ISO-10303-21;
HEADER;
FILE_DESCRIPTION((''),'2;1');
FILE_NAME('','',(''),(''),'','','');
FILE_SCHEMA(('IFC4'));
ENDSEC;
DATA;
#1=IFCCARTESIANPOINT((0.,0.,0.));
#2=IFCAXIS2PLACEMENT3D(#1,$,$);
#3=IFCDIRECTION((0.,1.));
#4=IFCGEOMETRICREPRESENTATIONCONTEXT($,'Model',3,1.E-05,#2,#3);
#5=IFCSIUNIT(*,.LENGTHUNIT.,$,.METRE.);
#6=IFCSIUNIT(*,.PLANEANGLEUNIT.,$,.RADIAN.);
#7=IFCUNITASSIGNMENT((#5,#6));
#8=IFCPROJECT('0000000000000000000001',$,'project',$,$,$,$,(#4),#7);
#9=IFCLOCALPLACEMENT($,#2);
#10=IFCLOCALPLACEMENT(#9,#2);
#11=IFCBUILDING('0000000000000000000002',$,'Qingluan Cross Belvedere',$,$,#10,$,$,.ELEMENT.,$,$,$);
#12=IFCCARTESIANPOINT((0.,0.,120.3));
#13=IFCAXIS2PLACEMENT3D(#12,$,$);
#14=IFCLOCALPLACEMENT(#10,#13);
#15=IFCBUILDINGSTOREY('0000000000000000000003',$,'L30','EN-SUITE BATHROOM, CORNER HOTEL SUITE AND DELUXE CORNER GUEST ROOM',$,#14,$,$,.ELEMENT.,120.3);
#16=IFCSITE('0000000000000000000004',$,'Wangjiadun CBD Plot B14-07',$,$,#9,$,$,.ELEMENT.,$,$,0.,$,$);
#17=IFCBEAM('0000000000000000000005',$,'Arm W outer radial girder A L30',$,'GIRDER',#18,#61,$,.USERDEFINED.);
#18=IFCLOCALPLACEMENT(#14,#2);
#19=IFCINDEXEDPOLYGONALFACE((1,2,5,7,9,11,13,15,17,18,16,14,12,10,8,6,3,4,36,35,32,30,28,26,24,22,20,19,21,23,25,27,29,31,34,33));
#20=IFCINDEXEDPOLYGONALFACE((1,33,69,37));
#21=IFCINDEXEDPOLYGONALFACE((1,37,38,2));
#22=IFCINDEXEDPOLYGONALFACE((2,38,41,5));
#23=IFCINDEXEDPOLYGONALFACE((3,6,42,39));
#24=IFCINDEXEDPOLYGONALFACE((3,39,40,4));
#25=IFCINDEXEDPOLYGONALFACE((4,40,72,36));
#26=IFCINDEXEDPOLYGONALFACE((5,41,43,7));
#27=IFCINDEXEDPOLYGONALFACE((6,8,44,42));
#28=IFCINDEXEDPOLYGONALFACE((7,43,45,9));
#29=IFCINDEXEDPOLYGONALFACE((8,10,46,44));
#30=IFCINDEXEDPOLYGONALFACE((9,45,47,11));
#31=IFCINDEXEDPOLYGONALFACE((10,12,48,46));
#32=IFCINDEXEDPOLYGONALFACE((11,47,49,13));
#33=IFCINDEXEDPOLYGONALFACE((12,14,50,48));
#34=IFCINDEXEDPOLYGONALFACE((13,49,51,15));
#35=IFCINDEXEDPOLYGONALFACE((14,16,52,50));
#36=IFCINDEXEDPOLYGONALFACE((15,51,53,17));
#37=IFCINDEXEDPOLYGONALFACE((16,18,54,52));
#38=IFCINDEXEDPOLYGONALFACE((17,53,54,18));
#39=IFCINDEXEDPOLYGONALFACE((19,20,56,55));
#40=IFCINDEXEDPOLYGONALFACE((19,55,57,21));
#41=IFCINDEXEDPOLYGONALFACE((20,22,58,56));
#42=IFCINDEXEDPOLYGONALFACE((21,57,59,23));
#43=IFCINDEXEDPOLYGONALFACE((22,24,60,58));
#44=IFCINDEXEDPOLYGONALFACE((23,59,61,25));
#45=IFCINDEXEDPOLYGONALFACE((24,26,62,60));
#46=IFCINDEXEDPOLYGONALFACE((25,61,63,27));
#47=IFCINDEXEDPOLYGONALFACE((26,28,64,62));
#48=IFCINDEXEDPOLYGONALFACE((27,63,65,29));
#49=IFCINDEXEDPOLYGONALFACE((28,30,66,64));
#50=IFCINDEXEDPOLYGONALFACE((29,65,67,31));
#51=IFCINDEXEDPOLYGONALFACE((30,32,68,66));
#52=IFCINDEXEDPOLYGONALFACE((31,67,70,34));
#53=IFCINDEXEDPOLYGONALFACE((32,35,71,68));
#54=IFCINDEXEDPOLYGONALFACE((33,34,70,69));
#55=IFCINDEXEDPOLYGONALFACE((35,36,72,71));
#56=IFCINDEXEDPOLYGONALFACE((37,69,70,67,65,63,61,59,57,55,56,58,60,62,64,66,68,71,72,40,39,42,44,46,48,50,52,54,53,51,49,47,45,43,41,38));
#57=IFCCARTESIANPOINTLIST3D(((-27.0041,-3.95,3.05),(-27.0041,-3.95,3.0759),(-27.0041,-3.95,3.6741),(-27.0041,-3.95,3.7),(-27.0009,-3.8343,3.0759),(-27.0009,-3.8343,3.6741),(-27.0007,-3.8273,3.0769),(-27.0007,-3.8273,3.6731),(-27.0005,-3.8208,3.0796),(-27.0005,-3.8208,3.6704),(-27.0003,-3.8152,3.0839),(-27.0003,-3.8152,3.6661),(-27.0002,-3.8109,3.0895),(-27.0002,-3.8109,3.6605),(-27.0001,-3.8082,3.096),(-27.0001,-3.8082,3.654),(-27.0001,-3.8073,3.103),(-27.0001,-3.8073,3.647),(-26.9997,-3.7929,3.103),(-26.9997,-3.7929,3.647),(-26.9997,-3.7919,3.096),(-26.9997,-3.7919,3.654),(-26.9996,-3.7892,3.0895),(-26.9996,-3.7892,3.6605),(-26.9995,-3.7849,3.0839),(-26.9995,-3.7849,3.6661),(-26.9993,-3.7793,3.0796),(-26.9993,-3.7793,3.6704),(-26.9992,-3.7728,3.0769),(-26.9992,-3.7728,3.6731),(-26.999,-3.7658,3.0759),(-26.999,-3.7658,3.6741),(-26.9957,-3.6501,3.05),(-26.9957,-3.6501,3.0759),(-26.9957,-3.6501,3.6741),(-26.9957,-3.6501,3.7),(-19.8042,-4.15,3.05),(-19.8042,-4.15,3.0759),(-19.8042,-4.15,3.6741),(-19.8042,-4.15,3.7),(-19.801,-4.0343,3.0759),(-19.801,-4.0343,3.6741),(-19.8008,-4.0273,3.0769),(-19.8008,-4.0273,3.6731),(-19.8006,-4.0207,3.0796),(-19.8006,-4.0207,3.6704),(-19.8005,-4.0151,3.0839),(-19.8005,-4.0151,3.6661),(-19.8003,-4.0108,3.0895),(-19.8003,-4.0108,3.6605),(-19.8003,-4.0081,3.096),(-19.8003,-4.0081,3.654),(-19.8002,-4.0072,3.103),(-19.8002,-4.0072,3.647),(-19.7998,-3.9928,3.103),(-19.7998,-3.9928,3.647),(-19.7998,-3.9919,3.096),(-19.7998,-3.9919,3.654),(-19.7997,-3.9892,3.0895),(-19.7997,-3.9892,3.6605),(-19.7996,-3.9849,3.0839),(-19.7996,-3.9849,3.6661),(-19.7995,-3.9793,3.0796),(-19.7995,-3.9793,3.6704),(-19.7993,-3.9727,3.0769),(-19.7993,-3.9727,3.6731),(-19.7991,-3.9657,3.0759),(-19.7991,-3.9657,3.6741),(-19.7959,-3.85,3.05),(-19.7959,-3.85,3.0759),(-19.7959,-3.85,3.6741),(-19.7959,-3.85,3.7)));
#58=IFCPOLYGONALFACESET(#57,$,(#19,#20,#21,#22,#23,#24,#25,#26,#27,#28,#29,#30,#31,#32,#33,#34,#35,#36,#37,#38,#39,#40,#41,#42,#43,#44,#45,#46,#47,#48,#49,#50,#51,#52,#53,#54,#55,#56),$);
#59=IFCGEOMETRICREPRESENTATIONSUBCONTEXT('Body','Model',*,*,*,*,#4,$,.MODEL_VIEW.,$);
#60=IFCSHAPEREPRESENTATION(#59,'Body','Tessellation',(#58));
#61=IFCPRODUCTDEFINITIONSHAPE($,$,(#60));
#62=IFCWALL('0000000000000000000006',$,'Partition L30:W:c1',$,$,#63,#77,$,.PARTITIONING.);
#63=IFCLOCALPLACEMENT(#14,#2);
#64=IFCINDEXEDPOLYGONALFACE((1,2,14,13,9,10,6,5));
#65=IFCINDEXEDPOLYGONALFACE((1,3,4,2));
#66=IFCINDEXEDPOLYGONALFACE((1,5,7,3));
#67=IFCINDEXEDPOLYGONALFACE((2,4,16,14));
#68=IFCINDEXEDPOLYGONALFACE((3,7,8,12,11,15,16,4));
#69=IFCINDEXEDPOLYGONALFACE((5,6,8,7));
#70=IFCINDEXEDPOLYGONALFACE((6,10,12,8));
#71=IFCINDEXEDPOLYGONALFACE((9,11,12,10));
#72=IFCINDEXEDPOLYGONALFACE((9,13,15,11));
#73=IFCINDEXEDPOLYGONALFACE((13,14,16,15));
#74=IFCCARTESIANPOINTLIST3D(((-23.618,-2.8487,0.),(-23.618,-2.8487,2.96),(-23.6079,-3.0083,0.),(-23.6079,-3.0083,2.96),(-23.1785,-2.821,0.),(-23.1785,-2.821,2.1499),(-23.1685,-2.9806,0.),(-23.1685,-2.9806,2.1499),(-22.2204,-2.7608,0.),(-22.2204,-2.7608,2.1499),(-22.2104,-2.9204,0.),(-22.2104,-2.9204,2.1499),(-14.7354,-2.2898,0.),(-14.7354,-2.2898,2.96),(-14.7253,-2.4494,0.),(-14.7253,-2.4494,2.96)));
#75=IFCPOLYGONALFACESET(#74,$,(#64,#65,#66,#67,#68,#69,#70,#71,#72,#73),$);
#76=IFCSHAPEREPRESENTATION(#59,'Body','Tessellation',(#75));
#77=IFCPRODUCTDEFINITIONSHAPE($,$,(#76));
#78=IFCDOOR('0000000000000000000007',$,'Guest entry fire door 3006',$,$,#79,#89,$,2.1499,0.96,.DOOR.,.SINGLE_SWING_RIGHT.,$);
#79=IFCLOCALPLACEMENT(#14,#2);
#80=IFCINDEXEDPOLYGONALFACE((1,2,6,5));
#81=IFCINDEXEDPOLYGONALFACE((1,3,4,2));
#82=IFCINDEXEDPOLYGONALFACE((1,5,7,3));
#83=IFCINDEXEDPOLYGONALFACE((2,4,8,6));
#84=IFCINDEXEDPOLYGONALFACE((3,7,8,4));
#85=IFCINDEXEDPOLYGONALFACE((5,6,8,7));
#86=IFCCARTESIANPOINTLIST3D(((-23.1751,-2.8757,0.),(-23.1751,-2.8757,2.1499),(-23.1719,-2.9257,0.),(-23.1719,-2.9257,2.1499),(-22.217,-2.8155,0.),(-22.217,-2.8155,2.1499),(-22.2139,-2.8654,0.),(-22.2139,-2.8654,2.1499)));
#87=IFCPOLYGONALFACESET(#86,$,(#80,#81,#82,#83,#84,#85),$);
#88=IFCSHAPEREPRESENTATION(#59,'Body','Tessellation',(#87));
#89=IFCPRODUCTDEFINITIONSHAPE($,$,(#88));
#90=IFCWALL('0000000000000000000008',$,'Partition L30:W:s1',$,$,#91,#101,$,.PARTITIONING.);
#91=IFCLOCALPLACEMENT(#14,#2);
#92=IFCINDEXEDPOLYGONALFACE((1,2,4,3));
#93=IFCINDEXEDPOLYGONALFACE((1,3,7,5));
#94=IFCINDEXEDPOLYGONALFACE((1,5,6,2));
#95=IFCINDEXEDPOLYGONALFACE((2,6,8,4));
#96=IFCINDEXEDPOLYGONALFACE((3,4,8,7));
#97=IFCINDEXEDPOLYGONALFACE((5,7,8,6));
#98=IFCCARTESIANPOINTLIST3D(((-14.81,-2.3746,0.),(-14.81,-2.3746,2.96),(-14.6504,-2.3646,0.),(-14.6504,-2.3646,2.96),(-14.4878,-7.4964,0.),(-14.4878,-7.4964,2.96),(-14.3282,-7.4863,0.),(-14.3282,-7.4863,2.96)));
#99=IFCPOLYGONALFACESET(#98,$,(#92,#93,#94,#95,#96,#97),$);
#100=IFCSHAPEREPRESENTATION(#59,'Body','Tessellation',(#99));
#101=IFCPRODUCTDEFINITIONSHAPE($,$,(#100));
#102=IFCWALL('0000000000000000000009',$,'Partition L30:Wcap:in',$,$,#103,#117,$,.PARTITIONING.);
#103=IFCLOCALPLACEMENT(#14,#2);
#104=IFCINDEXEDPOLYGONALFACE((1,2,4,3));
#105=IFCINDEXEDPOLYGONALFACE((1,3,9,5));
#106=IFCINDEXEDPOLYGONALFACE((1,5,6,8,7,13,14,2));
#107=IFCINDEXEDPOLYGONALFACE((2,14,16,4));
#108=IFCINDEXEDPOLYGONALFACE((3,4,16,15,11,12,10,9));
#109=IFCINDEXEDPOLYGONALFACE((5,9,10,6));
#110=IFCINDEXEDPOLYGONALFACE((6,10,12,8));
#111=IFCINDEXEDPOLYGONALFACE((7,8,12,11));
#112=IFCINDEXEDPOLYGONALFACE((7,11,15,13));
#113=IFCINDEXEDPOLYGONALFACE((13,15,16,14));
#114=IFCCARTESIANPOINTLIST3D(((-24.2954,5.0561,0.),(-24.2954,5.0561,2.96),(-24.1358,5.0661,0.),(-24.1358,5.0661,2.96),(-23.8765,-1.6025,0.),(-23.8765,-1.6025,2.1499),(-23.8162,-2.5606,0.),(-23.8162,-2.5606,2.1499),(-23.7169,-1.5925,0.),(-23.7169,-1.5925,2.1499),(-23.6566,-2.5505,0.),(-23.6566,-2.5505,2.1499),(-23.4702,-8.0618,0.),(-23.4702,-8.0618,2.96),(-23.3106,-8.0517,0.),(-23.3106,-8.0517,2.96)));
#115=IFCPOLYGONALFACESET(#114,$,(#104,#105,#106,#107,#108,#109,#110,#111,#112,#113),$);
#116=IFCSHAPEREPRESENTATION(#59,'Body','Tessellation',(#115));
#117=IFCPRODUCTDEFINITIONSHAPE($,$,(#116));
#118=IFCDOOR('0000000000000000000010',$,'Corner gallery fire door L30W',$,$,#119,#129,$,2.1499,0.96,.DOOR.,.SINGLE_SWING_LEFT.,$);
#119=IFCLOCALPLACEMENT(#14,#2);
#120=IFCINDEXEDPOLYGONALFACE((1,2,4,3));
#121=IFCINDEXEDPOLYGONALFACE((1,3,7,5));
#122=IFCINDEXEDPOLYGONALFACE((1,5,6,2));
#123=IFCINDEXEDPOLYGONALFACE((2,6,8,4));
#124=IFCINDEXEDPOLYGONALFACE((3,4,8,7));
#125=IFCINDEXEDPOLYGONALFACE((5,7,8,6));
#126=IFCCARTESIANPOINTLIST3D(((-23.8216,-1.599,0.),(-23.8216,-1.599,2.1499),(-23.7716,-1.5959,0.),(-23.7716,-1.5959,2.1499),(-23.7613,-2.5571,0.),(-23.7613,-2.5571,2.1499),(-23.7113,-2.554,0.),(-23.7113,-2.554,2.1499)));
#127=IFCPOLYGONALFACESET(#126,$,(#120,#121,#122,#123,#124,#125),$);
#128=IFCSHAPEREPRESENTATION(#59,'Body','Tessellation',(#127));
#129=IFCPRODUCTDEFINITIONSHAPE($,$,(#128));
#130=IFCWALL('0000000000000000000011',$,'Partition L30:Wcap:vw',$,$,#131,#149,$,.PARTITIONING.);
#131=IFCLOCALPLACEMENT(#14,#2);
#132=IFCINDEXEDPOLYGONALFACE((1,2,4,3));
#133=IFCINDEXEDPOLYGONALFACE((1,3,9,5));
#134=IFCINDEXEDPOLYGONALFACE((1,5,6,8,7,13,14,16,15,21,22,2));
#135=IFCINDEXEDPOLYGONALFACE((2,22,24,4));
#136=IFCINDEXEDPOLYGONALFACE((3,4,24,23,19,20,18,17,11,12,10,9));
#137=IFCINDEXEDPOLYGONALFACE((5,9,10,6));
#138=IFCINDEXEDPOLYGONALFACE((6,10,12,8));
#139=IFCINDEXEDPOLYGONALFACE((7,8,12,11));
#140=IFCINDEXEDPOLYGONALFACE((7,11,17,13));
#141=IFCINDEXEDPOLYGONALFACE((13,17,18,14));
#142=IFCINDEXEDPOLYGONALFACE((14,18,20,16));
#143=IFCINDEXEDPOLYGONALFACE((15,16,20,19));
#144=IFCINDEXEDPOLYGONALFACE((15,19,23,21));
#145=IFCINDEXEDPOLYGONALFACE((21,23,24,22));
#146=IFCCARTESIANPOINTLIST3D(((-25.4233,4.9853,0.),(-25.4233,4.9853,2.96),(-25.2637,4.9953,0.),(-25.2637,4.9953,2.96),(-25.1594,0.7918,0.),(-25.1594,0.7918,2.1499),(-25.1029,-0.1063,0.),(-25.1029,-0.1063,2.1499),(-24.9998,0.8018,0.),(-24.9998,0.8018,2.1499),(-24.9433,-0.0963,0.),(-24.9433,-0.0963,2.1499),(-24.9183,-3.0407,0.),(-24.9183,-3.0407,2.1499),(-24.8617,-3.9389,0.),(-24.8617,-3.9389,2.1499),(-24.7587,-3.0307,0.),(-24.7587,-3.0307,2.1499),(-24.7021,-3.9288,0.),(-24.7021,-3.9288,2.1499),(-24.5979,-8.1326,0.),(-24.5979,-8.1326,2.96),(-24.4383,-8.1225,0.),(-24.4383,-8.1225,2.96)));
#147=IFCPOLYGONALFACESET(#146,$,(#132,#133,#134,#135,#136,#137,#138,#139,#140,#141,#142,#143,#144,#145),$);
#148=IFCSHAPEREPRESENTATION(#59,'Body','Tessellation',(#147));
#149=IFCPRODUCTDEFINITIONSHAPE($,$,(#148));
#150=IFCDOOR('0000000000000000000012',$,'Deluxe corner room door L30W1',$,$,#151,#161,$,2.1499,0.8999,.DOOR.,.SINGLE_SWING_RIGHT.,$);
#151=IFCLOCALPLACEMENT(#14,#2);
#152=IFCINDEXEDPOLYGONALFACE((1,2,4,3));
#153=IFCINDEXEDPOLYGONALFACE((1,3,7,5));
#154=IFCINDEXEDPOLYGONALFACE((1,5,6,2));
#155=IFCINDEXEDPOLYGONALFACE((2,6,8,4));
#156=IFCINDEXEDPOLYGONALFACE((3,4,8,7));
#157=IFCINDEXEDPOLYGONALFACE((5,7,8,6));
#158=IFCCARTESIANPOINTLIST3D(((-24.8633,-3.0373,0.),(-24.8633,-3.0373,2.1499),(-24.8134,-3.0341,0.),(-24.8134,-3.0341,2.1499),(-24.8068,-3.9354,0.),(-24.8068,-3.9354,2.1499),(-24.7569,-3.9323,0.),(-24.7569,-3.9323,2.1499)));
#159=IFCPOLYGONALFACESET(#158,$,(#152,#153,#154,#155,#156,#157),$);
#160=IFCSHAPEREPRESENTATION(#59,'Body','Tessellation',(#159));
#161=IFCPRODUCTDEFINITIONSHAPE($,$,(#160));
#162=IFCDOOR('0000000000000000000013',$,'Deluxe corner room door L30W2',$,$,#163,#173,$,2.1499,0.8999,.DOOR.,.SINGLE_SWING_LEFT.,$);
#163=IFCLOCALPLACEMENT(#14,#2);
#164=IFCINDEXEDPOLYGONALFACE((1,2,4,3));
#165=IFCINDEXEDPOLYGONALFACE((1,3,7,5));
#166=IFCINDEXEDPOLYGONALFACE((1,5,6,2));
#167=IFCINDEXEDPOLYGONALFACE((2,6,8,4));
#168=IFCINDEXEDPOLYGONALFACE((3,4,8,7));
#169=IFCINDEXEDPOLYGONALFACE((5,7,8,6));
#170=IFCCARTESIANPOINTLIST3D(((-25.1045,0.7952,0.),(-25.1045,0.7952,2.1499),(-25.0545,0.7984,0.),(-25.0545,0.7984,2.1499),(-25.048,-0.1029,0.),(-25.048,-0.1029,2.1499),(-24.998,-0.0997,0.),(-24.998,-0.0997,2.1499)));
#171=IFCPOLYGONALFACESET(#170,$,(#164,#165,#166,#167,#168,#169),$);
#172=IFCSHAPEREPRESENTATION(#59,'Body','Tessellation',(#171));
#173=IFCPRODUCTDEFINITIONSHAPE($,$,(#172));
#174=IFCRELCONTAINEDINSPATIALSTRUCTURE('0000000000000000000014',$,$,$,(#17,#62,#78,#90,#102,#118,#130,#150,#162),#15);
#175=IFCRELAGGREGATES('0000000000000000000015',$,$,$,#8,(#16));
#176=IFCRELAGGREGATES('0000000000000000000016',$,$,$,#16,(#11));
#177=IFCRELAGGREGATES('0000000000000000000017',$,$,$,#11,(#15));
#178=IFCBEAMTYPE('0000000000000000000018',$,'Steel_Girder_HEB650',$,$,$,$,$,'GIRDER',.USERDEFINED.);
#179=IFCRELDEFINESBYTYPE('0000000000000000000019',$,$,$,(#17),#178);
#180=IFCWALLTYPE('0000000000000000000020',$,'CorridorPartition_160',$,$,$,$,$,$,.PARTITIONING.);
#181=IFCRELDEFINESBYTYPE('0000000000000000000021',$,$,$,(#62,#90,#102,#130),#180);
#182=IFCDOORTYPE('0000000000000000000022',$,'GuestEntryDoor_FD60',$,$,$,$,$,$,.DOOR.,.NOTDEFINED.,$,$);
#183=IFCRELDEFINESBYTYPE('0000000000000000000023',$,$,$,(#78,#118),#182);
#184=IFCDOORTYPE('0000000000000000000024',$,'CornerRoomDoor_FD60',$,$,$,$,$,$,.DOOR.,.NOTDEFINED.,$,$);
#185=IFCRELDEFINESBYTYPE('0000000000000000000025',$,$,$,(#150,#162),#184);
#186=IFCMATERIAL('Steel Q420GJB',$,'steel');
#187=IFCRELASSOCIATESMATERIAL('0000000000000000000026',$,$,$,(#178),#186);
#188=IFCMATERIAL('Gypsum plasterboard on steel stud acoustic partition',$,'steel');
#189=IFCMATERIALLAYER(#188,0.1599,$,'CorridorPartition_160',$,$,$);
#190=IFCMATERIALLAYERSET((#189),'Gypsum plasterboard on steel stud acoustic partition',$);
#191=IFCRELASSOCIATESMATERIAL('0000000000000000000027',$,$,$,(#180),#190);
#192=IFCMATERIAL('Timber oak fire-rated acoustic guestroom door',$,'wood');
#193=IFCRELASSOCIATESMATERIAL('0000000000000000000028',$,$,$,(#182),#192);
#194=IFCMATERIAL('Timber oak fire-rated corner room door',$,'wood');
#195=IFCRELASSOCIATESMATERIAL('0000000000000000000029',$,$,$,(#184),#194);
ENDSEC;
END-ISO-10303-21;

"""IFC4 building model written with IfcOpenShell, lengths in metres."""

from ifc_helpers import new_model, si_unit, direction, frame, frame_2d, origin, origin_2d, place, context, subcontext, project, spatial, rectangle, i_section, extrude, material, layer, layer_set, material_profile, profile_set, type_object, element, fill, save


model = new_model("IFC4")

# Units and contexts
model_context = context("Model", 3, precision=1e-05, world=origin(), true_north=direction((0.0, 1.0)))
body_context = subcontext(model_context, "Body", "Model", "MODEL_VIEW")
ifc_project = project(units=[si_unit("LENGTHUNIT", "METRE"), si_unit("PLANEANGLEUNIT", "RADIAN")], contexts=[model_context])

# Site, building, storey
site_placement = place(None, origin())
site = spatial("IfcSite", under=ifc_project, at=site_placement, Name="Wangjiadun CBD Plot B14-07", CompositionType="ELEMENT", RefElevation=0.0)
building_placement = place(site_placement, origin())
building = spatial("IfcBuilding", under=site, at=building_placement, Name="Qingluan Cross Belvedere", CompositionType="ELEMENT")
storey_placement = place(building_placement, frame((0.0, 0.0, 120.3)))
storey = spatial("IfcBuildingStorey", under=building, at=storey_placement, Name="L30", Description="EN-SUITE BATHROOM, CORNER HOTEL SUITE AND DELUXE CORNER GUEST ROOM", CompositionType="ELEMENT", Elevation=120.3)

# Beam
ifc_material_1 = material(Name="Steel Q420GJB", Category="steel")
ifc_material_profile_1 = material_profile(ifc_material_1, i_section(OverallWidth=0.3, OverallDepth=0.6499, WebThickness=0.0144, FlangeThickness=0.0259, FilletRadius=0.0271, at=origin_2d()), Name="HEB650")
ifc_profile_set_1 = profile_set([ifc_material_profile_1], Name="Steel Q420GJB")
beam_type_1 = type_object("IfcBeamType", Name="Steel_Girder_HEB650", ElementType="GIRDER", PredefinedType="USERDEFINED", material=ifc_profile_set_1)
beam_1_placement = place(storey_placement, frame((-19.8, -4.0, 3.375), z_axis=(-0.999615, 0.02776, 0.0), x_axis=(-0.02776, -0.999615, 0.0)))
element("IfcBeam", 1, at=beam_1_placement, inside=storey, type_object=beam_type_1, Name="Arm W outer radial girder A L30", ObjectType="GIRDER", PredefinedType="USERDEFINED", context=body_context, shape_type="SweptSolid", body=[
    extrude(i_section(OverallWidth=0.3, OverallDepth=0.6499, WebThickness=0.0144, FlangeThickness=0.0259, FilletRadius=0.0271, at=origin_2d()), origin(), (0.0, 0.0, 1.0), 7.2026),
])

# Wall, opening, door
ifc_material_2 = material(Name="Gypsum plasterboard on steel stud acoustic partition", Category="steel")
ifc_layer_1 = layer(ifc_material_2, 0.1599, Name="CorridorPartition_160")
ifc_layer_set_1 = layer_set([ifc_layer_1], Name="Gypsum plasterboard on steel stud acoustic partition")
wall_type_1 = type_object("IfcWallType", Name="CorridorPartition_160", PredefinedType="PARTITIONING", material=ifc_layer_set_1)
wall_1_placement = place(storey_placement, frame((-14.7302, -2.3696, 0.0), z_axis=(0.0, 0.0, 1.0), x_axis=(-0.998027, -0.06279, 0.0)))
wall_1 = element("IfcWall", 2, at=wall_1_placement, inside=storey, type_object=wall_type_1, Name="Partition L30:W:c1", PredefinedType="PARTITIONING", context=body_context, shape_type="SweptSolid", body=[
    extrude(rectangle(XDim=8.9001, YDim=0.1599, at=frame_2d((4.4502, 0.0))), origin(), (0.0, 0.0, 1.0), 2.96),
])
opening_1_placement = place(wall_1_placement, frame((7.5, 0.0, 0.0)))
opening_1 = element("IfcOpeningElement", 3, at=opening_1_placement, cuts=wall_1, PredefinedType="OPENING", context=body_context, shape_type="SweptSolid", body=[
    extrude(rectangle(XDim=0.96, YDim=2.1499, at=frame_2d((0.48, 1.075))), frame((0.0, 0.0898, 0.0), z_axis=(0.0, -1.0, 0.0), x_axis=(1.0, 0.0, 0.0)), (0.0, 0.0, 1.0), 0.1799),
])
ifc_material_3 = material(Name="Timber oak fire-rated acoustic guestroom door", Category="wood")
door_type_1 = type_object("IfcDoorType", Name="GuestEntryDoor_FD60", OperationType="NOTDEFINED", PredefinedType="DOOR", material=ifc_material_3)
door_1_placement = place(opening_1_placement, origin())
door_1 = element("IfcDoor", 4, at=door_1_placement, inside=storey, type_object=door_type_1, Name="Guest entry fire door 3006", OperationType="SINGLE_SWING_RIGHT", OverallHeight=2.1499, OverallWidth=0.96, PredefinedType="DOOR", context=body_context, shape_type="SweptSolid", body=[
    extrude(rectangle(XDim=0.96, YDim=2.1499, at=frame_2d((0.48, 1.075))), frame((0.0, 0.0249, 0.0), z_axis=(0.0, -1.0, 0.0), x_axis=(1.0, 0.0, 0.0)), (0.0, 0.0, 1.0), 0.05),
])
fill(opening_1, door_1)

# Wall
wall_2_placement = place(storey_placement, frame((-14.7302, -2.3696, 0.0), z_axis=(0.0, 0.0, 1.0), x_axis=(0.062796, -0.998026, 0.0)))
element("IfcWall", 5, at=wall_2_placement, inside=storey, type_object=wall_type_1, Name="Partition L30:W:s1", PredefinedType="PARTITIONING", context=body_context, shape_type="SweptSolid", body=[
    extrude(rectangle(XDim=5.1318, YDim=0.1599, at=frame_2d((2.5659, 0.0))), origin(), (0.0, 0.0, 1.0), 2.96),
])

# Wall, opening, door
wall_3_placement = place(storey_placement, frame((-23.3904, -8.0566, 0.0), z_axis=(0.0, 0.0, 1.0), x_axis=(-0.062782, 0.998027, 0.0)))
wall_3 = element("IfcWall", 6, at=wall_3_placement, inside=storey, type_object=wall_type_1, Name="Partition L30:Wcap:in", PredefinedType="PARTITIONING", context=body_context, shape_type="SweptSolid", body=[
    extrude(rectangle(XDim=13.1438, YDim=0.1599, at=frame_2d((6.5718, 0.0))), origin(), (0.0, 0.0, 1.0), 2.96),
])
opening_2_placement = place(wall_3_placement, frame((5.512, 0.0, 0.0)))
opening_2 = element("IfcOpeningElement", 7, at=opening_2_placement, cuts=wall_3, PredefinedType="OPENING", context=body_context, shape_type="SweptSolid", body=[
    extrude(rectangle(XDim=0.96, YDim=2.1499, at=frame_2d((0.48, 1.075))), frame((0.0, 0.0898, 0.0), z_axis=(0.0, -1.0, 0.0), x_axis=(1.0, 0.0, 0.0)), (0.0, 0.0, 1.0), 0.1799),
])
door_2_placement = place(opening_2_placement, origin())
door_2 = element("IfcDoor", 8, at=door_2_placement, inside=storey, type_object=door_type_1, Name="Corner gallery fire door L30W", OperationType="SINGLE_SWING_LEFT", OverallHeight=2.1499, OverallWidth=0.96, PredefinedType="DOOR", context=body_context, shape_type="SweptSolid", body=[
    extrude(rectangle(XDim=0.96, YDim=2.1499, at=frame_2d((0.48, 1.075))), frame((0.0, 0.0249, 0.0), z_axis=(0.0, -1.0, 0.0), x_axis=(1.0, 0.0, 0.0)), (0.0, 0.0, 1.0), 0.05),
])
fill(opening_2, door_2)

# Wall, openings, doors
wall_4_placement = place(storey_placement, frame((-24.5181, -8.1274, 0.0), z_axis=(0.0, 0.0, 1.0), x_axis=(-0.0628, 0.998026, 0.0)))
wall_4 = element("IfcWall", 9, at=wall_4_placement, inside=storey, type_object=wall_type_1, Name="Partition L30:Wcap:vw", PredefinedType="PARTITIONING", context=body_context, shape_type="SweptSolid", body=[
    extrude(rectangle(XDim=13.1438, YDim=0.1599, at=frame_2d((6.5718, 0.0))), origin(), (0.0, 0.0, 1.0), 2.96),
])
opening_3_placement = place(wall_4_placement, frame((4.2019, 0.0, 0.0)))
opening_3 = element("IfcOpeningElement", 10, at=opening_3_placement, cuts=wall_4, PredefinedType="OPENING", context=body_context, shape_type="SweptSolid", body=[
    extrude(rectangle(XDim=0.8999, YDim=2.1499, at=frame_2d((0.45, 1.075))), frame((0.0, 0.0898, 0.0), z_axis=(0.0, -1.0, 0.0), x_axis=(1.0, 0.0, 0.0)), (0.0, 0.0, 1.0), 0.1799),
])
opening_4_placement = place(wall_4_placement, frame((8.042, 0.0, 0.0)))
opening_4 = element("IfcOpeningElement", 11, at=opening_4_placement, cuts=wall_4, PredefinedType="OPENING", context=body_context, shape_type="SweptSolid", body=[
    extrude(rectangle(XDim=0.8999, YDim=2.1499, at=frame_2d((0.45, 1.075))), frame((0.0, 0.0898, 0.0), z_axis=(0.0, -1.0, 0.0), x_axis=(1.0, 0.0, 0.0)), (0.0, 0.0, 1.0), 0.1799),
])
ifc_material_4 = material(Name="Timber oak fire-rated corner room door", Category="wood")
door_type_2 = type_object("IfcDoorType", Name="CornerRoomDoor_FD60", OperationType="NOTDEFINED", PredefinedType="DOOR", material=ifc_material_4)
door_3_placement = place(opening_3_placement, origin())
door_3 = element("IfcDoor", 12, at=door_3_placement, inside=storey, type_object=door_type_2, Name="Deluxe corner room door L30W1", OperationType="SINGLE_SWING_RIGHT", OverallHeight=2.1499, OverallWidth=0.8999, PredefinedType="DOOR", context=body_context, shape_type="SweptSolid", body=[
    extrude(rectangle(XDim=0.8999, YDim=2.1499, at=frame_2d((0.45, 1.075))), frame((0.0, 0.0249, 0.0), z_axis=(0.0, -1.0, 0.0), x_axis=(1.0, 0.0, 0.0)), (0.0, 0.0, 1.0), 0.05),
])
fill(opening_3, door_3)
door_4_placement = place(opening_4_placement, origin())
door_4 = element("IfcDoor", 13, at=door_4_placement, inside=storey, type_object=door_type_2, Name="Deluxe corner room door L30W2", OperationType="SINGLE_SWING_LEFT", OverallHeight=2.1499, OverallWidth=0.8999, PredefinedType="DOOR", context=body_context, shape_type="SweptSolid", body=[
    extrude(rectangle(XDim=0.8999, YDim=2.1499, at=frame_2d((0.45, 1.075))), frame((0.0, 0.0249, 0.0), z_axis=(0.0, -1.0, 0.0), x_axis=(1.0, 0.0, 0.0)), (0.0, 0.0, 1.0), 0.05),
])
fill(opening_4, door_4)

save(model, "model.ifc")
